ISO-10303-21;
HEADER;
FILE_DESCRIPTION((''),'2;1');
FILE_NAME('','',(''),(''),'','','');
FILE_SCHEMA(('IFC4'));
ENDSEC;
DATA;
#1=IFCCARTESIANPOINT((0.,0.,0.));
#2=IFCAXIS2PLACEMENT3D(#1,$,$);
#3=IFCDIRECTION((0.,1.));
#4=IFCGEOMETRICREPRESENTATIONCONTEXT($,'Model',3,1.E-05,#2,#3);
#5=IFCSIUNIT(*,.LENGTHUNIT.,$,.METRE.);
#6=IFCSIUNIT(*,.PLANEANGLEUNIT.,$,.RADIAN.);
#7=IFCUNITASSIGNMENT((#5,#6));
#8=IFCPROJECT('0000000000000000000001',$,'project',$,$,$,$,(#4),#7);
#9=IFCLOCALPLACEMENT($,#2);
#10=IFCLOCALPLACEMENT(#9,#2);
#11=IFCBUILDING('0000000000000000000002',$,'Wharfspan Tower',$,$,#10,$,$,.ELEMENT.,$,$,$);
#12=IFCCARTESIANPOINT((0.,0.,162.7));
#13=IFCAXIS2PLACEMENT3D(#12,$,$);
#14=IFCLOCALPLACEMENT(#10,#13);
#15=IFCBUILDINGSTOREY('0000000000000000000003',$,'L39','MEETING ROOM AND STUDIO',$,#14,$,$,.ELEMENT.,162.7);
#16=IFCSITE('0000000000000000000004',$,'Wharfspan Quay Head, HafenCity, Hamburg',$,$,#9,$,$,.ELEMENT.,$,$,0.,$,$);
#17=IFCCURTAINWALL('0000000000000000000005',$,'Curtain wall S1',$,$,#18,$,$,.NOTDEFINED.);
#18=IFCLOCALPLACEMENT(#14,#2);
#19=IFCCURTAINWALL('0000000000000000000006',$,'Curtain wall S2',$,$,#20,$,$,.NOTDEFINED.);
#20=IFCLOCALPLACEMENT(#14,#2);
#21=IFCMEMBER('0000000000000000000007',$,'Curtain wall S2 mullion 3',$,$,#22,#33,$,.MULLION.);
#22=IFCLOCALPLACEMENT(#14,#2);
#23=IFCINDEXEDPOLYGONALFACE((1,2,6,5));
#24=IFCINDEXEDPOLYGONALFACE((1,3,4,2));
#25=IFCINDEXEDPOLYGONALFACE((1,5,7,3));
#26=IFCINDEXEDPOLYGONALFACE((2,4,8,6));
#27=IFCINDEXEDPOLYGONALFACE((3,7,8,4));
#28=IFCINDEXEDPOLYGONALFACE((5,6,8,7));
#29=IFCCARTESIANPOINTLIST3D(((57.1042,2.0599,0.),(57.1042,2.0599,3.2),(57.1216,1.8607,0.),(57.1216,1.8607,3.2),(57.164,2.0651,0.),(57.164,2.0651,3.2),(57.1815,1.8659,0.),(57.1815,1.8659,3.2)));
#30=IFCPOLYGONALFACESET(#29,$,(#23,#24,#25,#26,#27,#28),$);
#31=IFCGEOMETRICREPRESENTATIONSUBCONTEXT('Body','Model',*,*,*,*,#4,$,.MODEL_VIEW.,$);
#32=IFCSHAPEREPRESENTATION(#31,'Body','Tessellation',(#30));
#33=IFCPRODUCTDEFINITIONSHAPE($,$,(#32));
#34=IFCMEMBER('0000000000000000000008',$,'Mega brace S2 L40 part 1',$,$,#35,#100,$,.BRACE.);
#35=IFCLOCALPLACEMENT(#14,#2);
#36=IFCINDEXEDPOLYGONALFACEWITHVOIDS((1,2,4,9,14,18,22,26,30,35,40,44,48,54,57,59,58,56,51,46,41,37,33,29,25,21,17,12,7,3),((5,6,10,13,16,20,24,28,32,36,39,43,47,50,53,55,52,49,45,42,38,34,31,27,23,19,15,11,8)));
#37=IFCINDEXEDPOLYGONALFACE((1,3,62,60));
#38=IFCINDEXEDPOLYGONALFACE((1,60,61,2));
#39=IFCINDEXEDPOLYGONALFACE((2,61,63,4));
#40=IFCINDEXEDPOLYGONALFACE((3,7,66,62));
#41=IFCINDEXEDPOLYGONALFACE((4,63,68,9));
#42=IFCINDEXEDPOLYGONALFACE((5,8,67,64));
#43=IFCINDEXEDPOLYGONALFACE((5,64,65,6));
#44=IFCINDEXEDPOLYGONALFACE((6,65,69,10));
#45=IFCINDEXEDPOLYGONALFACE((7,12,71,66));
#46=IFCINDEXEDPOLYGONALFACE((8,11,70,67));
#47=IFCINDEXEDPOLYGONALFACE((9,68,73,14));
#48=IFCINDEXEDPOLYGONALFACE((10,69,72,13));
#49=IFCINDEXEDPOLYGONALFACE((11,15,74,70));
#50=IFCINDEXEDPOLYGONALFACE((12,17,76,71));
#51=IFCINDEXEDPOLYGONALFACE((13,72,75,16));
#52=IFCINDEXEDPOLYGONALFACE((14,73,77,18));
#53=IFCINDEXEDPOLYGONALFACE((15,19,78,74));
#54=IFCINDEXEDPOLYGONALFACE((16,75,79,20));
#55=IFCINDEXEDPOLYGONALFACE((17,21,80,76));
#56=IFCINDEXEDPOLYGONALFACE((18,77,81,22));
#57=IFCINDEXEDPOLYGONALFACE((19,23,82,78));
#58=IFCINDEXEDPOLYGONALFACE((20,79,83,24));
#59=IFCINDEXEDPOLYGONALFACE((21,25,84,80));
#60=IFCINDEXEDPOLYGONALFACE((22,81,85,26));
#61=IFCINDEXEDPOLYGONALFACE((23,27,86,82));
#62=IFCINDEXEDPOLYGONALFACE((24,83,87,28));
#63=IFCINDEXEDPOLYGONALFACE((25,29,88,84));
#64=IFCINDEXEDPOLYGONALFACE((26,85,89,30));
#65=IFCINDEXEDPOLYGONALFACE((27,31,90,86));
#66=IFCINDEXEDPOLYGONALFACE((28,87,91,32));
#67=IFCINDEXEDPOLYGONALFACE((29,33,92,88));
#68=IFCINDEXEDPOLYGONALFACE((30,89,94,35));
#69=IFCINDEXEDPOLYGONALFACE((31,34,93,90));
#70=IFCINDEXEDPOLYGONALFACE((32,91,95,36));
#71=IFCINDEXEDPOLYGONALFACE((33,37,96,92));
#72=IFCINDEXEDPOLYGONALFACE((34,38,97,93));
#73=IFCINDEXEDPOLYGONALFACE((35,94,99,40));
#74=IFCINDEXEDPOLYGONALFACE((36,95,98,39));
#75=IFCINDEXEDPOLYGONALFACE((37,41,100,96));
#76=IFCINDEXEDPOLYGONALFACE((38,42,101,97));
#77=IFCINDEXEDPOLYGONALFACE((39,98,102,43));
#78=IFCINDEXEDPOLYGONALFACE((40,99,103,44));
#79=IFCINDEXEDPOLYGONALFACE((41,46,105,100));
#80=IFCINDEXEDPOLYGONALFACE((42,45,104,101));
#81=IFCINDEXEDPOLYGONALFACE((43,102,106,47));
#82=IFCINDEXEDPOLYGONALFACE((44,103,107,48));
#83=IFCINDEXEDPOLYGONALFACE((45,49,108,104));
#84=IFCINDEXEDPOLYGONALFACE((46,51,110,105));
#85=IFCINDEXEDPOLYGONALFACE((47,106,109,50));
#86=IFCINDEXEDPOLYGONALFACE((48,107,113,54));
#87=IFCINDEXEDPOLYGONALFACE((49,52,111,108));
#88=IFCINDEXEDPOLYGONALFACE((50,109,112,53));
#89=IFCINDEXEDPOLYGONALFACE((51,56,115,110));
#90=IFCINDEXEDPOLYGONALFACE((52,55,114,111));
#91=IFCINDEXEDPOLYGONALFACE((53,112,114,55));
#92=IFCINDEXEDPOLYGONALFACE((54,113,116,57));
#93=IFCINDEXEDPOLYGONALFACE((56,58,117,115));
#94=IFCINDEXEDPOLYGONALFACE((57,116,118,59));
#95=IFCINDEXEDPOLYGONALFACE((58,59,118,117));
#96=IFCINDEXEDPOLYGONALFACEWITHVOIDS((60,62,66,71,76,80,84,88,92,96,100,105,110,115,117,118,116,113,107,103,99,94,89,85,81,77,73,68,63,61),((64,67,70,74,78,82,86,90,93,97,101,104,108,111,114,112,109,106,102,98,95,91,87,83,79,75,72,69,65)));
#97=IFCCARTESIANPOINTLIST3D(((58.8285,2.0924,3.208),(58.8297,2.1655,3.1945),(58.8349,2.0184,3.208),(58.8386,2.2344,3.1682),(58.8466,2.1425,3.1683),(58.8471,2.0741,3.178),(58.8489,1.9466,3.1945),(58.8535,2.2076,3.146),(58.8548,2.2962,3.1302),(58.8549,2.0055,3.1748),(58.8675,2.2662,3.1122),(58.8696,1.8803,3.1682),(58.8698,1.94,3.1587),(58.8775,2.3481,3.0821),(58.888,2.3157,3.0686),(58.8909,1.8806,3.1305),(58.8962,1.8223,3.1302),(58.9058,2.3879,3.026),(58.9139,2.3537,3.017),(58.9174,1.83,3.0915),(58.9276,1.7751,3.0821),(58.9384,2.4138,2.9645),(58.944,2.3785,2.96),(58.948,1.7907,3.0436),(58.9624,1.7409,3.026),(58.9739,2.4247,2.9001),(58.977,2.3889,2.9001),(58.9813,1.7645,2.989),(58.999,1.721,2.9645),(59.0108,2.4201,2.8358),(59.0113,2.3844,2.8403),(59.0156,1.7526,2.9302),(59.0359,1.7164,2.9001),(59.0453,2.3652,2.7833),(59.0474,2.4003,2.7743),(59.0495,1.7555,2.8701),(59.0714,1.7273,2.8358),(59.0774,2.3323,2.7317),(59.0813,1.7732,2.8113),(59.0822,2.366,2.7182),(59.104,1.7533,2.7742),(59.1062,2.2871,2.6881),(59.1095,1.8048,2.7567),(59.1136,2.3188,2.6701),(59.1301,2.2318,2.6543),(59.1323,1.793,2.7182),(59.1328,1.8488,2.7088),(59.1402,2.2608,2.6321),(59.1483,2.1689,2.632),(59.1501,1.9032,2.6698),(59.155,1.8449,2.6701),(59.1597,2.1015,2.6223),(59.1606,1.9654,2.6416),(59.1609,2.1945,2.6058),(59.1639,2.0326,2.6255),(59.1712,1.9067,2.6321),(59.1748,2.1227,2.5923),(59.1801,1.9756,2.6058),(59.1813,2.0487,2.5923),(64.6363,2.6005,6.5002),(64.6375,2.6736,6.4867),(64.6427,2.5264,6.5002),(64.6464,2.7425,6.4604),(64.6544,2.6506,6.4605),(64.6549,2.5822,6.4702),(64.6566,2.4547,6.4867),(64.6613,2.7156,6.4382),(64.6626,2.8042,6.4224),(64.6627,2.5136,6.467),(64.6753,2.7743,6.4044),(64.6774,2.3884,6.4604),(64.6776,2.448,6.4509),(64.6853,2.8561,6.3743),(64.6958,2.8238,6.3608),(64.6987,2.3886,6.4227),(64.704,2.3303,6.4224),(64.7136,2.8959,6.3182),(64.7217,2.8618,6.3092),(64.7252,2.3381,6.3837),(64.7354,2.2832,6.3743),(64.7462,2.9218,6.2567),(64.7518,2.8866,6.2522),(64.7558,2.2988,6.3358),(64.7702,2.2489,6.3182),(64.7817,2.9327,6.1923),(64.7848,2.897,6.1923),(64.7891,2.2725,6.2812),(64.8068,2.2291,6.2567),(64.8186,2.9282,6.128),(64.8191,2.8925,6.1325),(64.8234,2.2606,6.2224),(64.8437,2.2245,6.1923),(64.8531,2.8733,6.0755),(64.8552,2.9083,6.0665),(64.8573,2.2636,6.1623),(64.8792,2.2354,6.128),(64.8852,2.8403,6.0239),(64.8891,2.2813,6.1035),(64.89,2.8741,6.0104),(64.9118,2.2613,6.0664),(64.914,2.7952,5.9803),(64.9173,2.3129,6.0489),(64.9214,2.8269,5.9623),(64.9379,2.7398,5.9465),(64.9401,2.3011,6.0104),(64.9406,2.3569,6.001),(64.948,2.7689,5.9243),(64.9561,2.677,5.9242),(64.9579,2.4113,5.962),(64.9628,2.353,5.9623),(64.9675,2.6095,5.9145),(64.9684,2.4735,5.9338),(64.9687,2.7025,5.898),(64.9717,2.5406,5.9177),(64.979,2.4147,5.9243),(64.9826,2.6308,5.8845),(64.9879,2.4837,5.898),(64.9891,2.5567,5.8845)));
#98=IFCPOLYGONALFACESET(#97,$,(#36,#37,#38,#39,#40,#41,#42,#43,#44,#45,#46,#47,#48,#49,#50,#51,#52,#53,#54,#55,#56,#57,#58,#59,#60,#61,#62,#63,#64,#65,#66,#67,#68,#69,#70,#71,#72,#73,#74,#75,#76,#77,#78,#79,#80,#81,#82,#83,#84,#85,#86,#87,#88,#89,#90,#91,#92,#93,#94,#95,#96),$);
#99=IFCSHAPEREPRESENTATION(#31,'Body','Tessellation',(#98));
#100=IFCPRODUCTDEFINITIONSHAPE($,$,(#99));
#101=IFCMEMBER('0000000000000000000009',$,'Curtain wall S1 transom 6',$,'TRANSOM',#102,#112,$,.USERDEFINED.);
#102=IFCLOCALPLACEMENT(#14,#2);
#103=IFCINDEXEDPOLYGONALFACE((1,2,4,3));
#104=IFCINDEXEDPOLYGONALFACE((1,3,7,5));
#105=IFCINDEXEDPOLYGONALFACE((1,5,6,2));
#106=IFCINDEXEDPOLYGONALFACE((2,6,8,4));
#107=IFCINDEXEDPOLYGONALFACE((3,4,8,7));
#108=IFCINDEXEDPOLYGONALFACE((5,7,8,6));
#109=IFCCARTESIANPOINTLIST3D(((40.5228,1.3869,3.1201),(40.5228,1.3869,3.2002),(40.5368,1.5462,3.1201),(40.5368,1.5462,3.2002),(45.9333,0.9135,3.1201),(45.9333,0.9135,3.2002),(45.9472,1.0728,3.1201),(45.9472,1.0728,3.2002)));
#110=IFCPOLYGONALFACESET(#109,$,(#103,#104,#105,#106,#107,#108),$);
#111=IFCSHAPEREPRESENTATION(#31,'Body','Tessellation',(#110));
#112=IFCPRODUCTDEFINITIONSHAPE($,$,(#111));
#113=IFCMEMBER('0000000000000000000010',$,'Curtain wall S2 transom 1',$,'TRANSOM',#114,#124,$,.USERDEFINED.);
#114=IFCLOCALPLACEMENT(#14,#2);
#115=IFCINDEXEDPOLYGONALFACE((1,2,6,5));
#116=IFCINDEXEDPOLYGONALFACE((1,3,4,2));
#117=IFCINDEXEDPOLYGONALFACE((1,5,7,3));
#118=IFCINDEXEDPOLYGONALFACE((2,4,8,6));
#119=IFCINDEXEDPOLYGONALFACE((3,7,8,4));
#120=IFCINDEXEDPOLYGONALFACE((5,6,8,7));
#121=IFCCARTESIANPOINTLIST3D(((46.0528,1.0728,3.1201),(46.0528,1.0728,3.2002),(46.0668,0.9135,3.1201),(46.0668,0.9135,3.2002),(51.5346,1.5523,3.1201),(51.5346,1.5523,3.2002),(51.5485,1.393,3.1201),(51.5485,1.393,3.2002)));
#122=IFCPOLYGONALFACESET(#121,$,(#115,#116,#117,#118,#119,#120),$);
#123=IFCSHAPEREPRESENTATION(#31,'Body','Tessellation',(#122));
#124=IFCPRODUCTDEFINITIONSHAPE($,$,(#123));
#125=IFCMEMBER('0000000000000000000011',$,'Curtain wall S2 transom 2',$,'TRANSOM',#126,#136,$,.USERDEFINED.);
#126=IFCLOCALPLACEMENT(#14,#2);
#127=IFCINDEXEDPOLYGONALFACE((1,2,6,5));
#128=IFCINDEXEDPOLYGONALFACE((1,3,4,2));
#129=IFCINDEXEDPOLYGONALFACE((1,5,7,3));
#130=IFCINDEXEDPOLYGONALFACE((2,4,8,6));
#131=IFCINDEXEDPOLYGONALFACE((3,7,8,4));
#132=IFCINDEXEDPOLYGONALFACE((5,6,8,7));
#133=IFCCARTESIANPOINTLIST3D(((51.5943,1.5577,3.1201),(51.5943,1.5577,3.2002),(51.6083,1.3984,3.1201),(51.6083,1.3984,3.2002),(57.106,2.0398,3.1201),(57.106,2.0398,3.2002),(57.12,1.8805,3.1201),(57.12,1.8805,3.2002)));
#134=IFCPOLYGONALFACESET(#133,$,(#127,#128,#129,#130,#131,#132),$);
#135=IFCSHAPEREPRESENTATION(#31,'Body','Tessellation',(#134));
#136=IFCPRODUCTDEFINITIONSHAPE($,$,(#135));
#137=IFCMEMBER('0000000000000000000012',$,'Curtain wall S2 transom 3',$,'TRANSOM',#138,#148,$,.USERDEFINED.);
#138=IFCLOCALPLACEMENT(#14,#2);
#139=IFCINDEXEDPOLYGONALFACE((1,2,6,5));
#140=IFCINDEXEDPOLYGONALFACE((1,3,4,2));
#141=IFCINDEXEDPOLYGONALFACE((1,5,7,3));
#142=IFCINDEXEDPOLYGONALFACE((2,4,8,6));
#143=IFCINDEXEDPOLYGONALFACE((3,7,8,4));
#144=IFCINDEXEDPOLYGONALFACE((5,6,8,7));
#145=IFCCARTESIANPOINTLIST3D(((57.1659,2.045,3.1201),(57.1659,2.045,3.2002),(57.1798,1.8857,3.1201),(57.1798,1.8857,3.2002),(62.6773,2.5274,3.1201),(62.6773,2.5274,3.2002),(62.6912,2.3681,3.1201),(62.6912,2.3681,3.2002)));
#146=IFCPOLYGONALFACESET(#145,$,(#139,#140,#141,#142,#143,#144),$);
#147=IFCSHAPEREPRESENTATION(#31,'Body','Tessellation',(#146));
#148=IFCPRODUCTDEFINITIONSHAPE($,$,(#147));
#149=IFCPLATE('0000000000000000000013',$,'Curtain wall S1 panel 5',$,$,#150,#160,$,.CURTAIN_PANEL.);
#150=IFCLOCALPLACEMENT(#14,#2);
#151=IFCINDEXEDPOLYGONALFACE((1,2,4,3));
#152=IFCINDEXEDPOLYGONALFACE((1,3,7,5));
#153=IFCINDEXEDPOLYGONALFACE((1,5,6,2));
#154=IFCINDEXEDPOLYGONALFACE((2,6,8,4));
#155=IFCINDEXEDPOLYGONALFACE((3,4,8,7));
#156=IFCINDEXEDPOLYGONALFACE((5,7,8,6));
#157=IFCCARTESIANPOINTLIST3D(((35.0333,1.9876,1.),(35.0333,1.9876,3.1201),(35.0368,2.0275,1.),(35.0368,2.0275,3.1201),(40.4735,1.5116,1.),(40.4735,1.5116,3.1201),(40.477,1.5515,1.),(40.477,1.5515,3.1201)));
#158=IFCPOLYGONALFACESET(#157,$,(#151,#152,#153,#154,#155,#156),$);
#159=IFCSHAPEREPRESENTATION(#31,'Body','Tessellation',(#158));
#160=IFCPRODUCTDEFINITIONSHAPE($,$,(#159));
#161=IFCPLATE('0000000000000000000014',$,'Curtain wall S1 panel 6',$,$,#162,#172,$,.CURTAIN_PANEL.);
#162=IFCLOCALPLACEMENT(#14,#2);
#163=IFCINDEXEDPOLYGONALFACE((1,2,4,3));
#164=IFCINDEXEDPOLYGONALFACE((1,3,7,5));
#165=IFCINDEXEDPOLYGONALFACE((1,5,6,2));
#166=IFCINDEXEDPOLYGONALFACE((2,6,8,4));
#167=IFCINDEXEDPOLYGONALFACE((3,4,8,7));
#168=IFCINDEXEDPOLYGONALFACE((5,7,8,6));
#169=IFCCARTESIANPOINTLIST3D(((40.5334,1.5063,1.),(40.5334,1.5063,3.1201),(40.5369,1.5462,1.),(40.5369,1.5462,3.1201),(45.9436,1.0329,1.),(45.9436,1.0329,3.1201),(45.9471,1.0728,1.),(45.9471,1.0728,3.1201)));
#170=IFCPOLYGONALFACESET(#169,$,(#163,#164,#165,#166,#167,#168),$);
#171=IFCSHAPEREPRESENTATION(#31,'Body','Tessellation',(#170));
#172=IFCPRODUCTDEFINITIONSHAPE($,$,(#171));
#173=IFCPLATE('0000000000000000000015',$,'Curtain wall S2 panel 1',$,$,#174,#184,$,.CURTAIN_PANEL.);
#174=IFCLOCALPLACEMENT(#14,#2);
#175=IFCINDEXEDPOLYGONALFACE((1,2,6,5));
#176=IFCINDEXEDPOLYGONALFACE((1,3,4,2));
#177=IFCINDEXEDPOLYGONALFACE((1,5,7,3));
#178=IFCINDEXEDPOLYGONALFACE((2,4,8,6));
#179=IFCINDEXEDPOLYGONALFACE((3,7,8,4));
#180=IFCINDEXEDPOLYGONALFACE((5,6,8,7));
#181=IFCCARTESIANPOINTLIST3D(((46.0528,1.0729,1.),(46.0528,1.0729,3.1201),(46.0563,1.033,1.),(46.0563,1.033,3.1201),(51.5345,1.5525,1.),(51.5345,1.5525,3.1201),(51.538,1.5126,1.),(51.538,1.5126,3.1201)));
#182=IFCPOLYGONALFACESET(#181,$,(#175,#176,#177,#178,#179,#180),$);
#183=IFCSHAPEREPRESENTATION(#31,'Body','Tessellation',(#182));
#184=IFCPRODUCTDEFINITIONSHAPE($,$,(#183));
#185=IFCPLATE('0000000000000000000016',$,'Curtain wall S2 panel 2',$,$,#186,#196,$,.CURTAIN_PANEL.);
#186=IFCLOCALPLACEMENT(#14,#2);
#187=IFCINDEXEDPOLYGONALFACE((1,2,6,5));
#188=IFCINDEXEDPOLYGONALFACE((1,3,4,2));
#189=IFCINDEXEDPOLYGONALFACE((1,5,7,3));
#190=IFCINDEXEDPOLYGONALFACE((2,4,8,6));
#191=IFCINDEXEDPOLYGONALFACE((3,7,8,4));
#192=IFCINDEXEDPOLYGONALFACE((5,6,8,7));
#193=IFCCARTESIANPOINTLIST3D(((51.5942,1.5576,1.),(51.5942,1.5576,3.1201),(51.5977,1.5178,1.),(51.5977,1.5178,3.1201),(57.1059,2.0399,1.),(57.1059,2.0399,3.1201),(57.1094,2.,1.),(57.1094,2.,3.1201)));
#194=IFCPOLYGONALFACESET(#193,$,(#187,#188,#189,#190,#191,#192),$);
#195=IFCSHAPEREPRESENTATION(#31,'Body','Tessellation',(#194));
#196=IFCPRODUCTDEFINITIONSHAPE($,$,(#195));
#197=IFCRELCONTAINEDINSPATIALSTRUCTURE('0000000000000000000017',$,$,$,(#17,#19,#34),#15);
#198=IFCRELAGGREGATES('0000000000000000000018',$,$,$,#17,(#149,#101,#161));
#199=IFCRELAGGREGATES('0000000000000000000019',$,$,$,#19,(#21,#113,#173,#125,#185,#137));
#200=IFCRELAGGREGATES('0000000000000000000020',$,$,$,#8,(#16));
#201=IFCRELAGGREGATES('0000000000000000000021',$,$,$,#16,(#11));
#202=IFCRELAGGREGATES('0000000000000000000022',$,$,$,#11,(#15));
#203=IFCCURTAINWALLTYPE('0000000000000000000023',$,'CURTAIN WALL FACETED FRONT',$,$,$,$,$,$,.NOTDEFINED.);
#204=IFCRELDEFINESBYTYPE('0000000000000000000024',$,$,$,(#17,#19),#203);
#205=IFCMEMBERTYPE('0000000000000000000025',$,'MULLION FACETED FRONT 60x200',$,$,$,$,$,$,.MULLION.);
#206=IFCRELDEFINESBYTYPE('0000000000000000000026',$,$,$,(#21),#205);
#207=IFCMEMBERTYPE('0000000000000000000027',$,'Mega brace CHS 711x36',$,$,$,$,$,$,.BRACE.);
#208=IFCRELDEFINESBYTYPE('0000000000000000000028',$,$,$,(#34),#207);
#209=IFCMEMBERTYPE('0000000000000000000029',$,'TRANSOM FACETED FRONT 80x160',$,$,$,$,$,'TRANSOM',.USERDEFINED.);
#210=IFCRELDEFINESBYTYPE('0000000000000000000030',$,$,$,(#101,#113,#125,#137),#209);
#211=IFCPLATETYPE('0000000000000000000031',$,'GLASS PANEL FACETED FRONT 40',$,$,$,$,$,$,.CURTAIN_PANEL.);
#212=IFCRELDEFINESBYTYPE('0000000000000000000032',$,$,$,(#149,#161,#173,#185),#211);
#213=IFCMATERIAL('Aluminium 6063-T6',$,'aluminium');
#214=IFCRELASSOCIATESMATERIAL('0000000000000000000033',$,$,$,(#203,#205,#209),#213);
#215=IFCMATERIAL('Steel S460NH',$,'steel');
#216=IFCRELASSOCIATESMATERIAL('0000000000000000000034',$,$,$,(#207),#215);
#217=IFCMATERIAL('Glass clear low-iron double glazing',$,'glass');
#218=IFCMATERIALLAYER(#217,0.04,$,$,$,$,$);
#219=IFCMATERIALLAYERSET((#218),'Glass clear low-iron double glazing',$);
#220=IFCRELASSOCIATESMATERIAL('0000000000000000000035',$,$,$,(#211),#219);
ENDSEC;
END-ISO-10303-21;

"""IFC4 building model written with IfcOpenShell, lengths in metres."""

from ifc_helpers import new_model, si_unit, direction, frame, origin, origin_2d, place, context, subcontext, project, spatial, rectangle, hollow_circle, extrude, material, layer, layer_set, material_profile, profile_set, type_object, element, aggregate, save


model = new_model("IFC4")

# Units and contexts
model_context = context("Model", 3, precision=1e-05, world=origin(), true_north=direction((0.0, 1.0)))
body_context = subcontext(model_context, "Body", "Model", "MODEL_VIEW")
ifc_project = project(units=[si_unit("LENGTHUNIT", "METRE"), si_unit("PLANEANGLEUNIT", "RADIAN")], contexts=[model_context])

# Site, building, storey
site_placement = place(None, origin())
site = spatial("IfcSite", under=ifc_project, at=site_placement, Name="Wharfspan Quay Head, HafenCity, Hamburg", CompositionType="ELEMENT", RefElevation=0.0)
building_placement = place(site_placement, origin())
building = spatial("IfcBuilding", under=site, at=building_placement, Name="Wharfspan Tower", CompositionType="ELEMENT")
storey_placement = place(building_placement, frame((0.0, 0.0, 162.7)))
storey = spatial("IfcBuildingStorey", under=building, at=storey_placement, Name="L39", Description="MEETING ROOM AND STUDIO", CompositionType="ELEMENT", Elevation=162.7)

# Curtain walls, member
ifc_material_1 = material(Name="Aluminium 6063-T6", Category="aluminium")
curtain_wall_type = type_object("IfcCurtainWallType", Name="CURTAIN WALL FACETED FRONT", PredefinedType="NOTDEFINED", material=ifc_material_1)
curtain_wall_1_placement = place(storey_placement, origin())
curtain_wall_1 = element("IfcCurtainWall", 1, at=curtain_wall_1_placement, inside=storey, type_object=curtain_wall_type, Name="Curtain wall S1", PredefinedType="NOTDEFINED")
ifc_material_profile_1 = material_profile(ifc_material_1, rectangle(XDim=0.2, YDim=0.0601, at=origin_2d()))
ifc_profile_set_1 = profile_set([ifc_material_profile_1], Name="Aluminium 6063-T6")
member_type_1 = type_object("IfcMemberType", Name="MULLION FACETED FRONT 60x200", PredefinedType="MULLION", material=ifc_profile_set_1)
curtain_wall_2_placement = place(storey_placement, origin())
curtain_wall_2 = element("IfcCurtainWall", 2, at=curtain_wall_2_placement, inside=storey, type_object=curtain_wall_type, Name="Curtain wall S2", PredefinedType="NOTDEFINED")
member_1_placement = place(storey_placement, frame((57.1428, 1.9629, 0.0), z_axis=(0.0, 0.0, 1.0), x_axis=(-0.087156, 0.996198, 0.0)))
member_1 = element("IfcMember", 3, at=member_1_placement, type_object=member_type_1, Name="Curtain wall S2 mullion 3", PredefinedType="MULLION", context=body_context, shape_type="SweptSolid", body=[
    extrude(rectangle(XDim=0.2, YDim=0.0601, at=origin_2d()), origin(), (0.0, 0.0, 1.0), 3.2),
])

# Members
ifc_material_2 = material(Name="Steel S460NH", Category="steel")
ifc_material_profile_2 = material_profile(ifc_material_2, hollow_circle(Radius=0.3555, WallThickness=0.0359, at=origin_2d()))
ifc_profile_set_2 = profile_set([ifc_material_profile_2], Name="Steel S460NH")
member_type_2 = type_object("IfcMemberType", Name="Mega brace CHS 711x36", PredefinedType="BRACE", material=ifc_profile_set_2)
member_2_placement = place(storey_placement, frame((59.0049, 2.0706, 2.9001), z_axis=(0.867442, 0.075882, 0.491717), x_axis=(-0.087146, 0.996193, 0.000002)))
element("IfcMember", 4, at=member_2_placement, inside=storey, type_object=member_type_2, Name="Mega brace S2 L40 part 1", PredefinedType="BRACE", context=body_context, shape_type="SweptSolid", body=[
    extrude(hollow_circle(Radius=0.3555, WallThickness=0.0359, at=origin_2d()), origin(), (0.0, 0.0, 1.0), 6.6953),
])
ifc_material_profile_3 = material_profile(ifc_material_1, rectangle(XDim=0.1599, YDim=0.0801, at=origin_2d()))
ifc_profile_set_3 = profile_set([ifc_material_profile_3], Name="Aluminium 6063-T6")
member_type_3 = type_object("IfcMemberType", Name="TRANSOM FACETED FRONT 80x160", ElementType="TRANSOM", PredefinedType="USERDEFINED", material=ifc_profile_set_3)
member_3_placement = place(storey_placement, frame((40.5298, 1.4666, 3.1602), z_axis=(0.996194, -0.087163, 0.0), x_axis=(0.087163, 0.996194, 0.0)))
member_3 = element("IfcMember", 5, at=member_3_placement, type_object=member_type_3, Name="Curtain wall S1 transom 6", ObjectType="TRANSOM", PredefinedType="USERDEFINED", context=body_context, shape_type="SweptSolid", body=[
    extrude(rectangle(XDim=0.1599, YDim=0.0801, at=origin_2d()), origin(), (0.0, 0.0, 1.0), 5.4312),
])
member_4_placement = place(storey_placement, frame((46.0598, 0.9932, 3.1602), z_axis=(0.996196, 0.087139, 0.0), x_axis=(-0.087139, 0.996196, 0.0)))
member_4 = element("IfcMember", 6, at=member_4_placement, type_object=member_type_3, Name="Curtain wall S2 transom 1", ObjectType="TRANSOM", PredefinedType="USERDEFINED", context=body_context, shape_type="SweptSolid", body=[
    extrude(rectangle(XDim=0.1599, YDim=0.0801, at=origin_2d()), origin(), (0.0, 0.0, 1.0), 5.5027),
])
member_5_placement = place(storey_placement, frame((51.6013, 1.478, 3.1602), z_axis=(0.996195, 0.087149, 0.0), x_axis=(-0.087149, 0.996195, 0.0)))
member_5 = element("IfcMember", 7, at=member_5_placement, type_object=member_type_3, Name="Curtain wall S2 transom 2", ObjectType="TRANSOM", PredefinedType="USERDEFINED", context=body_context, shape_type="SweptSolid", body=[
    extrude(rectangle(XDim=0.1599, YDim=0.0801, at=origin_2d()), origin(), (0.0, 0.0, 1.0), 5.5327),
])
member_6_placement = place(storey_placement, frame((57.1729, 1.9653, 3.1602), z_axis=(0.996191, 0.087197, 0.0), x_axis=(-0.087197, 0.996191, 0.0)))
member_6 = element("IfcMember", 8, at=member_6_placement, type_object=member_type_3, Name="Curtain wall S2 transom 3", ObjectType="TRANSOM", PredefinedType="USERDEFINED", context=body_context, shape_type="SweptSolid", body=[
    extrude(rectangle(XDim=0.1599, YDim=0.0801, at=origin_2d()), origin(), (0.0, 0.0, 1.0), 5.5325),
])

# Plates
ifc_material_3 = material(Name="Glass clear low-iron double glazing", Category="glass")
ifc_layer_1 = layer(ifc_material_3, 0.04)
ifc_layer_set_1 = layer_set([ifc_layer_1], Name="Glass clear low-iron double glazing")
plate_type = type_object("IfcPlateType", Name="GLASS PANEL FACETED FRONT 40", PredefinedType="CURTAIN_PANEL", material=ifc_layer_set_1)
plate_1_placement = place(storey_placement, frame((37.7551, 1.7695, 1.0), z_axis=(0.0, 0.0, 1.0), x_axis=(0.996198, -0.087156, 0.0)))
plate_1 = element("IfcPlate", 9, at=plate_1_placement, type_object=plate_type, Name="Curtain wall S1 panel 5", PredefinedType="CURTAIN_PANEL", context=body_context, shape_type="SweptSolid", body=[
    extrude(rectangle(XDim=5.4609, YDim=0.04, at=origin_2d()), origin(), (0.0, 0.0, 1.0), 2.1201),
])
plate_2_placement = place(storey_placement, frame((43.2402, 1.2896, 1.0), z_axis=(0.0, 0.0, 1.0), x_axis=(0.996198, -0.087156, 0.0)))
plate_2 = element("IfcPlate", 10, at=plate_2_placement, type_object=plate_type, Name="Curtain wall S1 panel 6", PredefinedType="CURTAIN_PANEL", context=body_context, shape_type="SweptSolid", body=[
    extrude(rectangle(XDim=5.4309, YDim=0.04, at=origin_2d()), origin(), (0.0, 0.0, 1.0), 2.1201),
])
aggregate(curtain_wall_1, [plate_1, member_3, plate_2])
plate_3_placement = place(storey_placement, frame((48.7954, 1.2927, 1.0), z_axis=(0.0, 0.0, 1.0), x_axis=(0.996198, 0.087156, 0.0)))
plate_3 = element("IfcPlate", 11, at=plate_3_placement, type_object=plate_type, Name="Curtain wall S2 panel 1", PredefinedType="CURTAIN_PANEL", context=body_context, shape_type="SweptSolid", body=[
    extrude(rectangle(XDim=5.5027, YDim=0.04, at=origin_2d()), origin(), (0.0, 0.0, 1.0), 2.1201),
])
plate_4_placement = place(storey_placement, frame((54.3518, 1.7788, 1.0), z_axis=(0.0, 0.0, 1.0), x_axis=(0.996198, 0.087156, 0.0)))
plate_4 = element("IfcPlate", 12, at=plate_4_placement, type_object=plate_type, Name="Curtain wall S2 panel 2", PredefinedType="CURTAIN_PANEL", context=body_context, shape_type="SweptSolid", body=[
    extrude(rectangle(XDim=5.5327, YDim=0.04, at=origin_2d()), origin(), (0.0, 0.0, 1.0), 2.1201),
])
aggregate(curtain_wall_2, [member_1, member_4, plate_3, member_5, plate_4, member_6])

save(model, "model.ifc")
